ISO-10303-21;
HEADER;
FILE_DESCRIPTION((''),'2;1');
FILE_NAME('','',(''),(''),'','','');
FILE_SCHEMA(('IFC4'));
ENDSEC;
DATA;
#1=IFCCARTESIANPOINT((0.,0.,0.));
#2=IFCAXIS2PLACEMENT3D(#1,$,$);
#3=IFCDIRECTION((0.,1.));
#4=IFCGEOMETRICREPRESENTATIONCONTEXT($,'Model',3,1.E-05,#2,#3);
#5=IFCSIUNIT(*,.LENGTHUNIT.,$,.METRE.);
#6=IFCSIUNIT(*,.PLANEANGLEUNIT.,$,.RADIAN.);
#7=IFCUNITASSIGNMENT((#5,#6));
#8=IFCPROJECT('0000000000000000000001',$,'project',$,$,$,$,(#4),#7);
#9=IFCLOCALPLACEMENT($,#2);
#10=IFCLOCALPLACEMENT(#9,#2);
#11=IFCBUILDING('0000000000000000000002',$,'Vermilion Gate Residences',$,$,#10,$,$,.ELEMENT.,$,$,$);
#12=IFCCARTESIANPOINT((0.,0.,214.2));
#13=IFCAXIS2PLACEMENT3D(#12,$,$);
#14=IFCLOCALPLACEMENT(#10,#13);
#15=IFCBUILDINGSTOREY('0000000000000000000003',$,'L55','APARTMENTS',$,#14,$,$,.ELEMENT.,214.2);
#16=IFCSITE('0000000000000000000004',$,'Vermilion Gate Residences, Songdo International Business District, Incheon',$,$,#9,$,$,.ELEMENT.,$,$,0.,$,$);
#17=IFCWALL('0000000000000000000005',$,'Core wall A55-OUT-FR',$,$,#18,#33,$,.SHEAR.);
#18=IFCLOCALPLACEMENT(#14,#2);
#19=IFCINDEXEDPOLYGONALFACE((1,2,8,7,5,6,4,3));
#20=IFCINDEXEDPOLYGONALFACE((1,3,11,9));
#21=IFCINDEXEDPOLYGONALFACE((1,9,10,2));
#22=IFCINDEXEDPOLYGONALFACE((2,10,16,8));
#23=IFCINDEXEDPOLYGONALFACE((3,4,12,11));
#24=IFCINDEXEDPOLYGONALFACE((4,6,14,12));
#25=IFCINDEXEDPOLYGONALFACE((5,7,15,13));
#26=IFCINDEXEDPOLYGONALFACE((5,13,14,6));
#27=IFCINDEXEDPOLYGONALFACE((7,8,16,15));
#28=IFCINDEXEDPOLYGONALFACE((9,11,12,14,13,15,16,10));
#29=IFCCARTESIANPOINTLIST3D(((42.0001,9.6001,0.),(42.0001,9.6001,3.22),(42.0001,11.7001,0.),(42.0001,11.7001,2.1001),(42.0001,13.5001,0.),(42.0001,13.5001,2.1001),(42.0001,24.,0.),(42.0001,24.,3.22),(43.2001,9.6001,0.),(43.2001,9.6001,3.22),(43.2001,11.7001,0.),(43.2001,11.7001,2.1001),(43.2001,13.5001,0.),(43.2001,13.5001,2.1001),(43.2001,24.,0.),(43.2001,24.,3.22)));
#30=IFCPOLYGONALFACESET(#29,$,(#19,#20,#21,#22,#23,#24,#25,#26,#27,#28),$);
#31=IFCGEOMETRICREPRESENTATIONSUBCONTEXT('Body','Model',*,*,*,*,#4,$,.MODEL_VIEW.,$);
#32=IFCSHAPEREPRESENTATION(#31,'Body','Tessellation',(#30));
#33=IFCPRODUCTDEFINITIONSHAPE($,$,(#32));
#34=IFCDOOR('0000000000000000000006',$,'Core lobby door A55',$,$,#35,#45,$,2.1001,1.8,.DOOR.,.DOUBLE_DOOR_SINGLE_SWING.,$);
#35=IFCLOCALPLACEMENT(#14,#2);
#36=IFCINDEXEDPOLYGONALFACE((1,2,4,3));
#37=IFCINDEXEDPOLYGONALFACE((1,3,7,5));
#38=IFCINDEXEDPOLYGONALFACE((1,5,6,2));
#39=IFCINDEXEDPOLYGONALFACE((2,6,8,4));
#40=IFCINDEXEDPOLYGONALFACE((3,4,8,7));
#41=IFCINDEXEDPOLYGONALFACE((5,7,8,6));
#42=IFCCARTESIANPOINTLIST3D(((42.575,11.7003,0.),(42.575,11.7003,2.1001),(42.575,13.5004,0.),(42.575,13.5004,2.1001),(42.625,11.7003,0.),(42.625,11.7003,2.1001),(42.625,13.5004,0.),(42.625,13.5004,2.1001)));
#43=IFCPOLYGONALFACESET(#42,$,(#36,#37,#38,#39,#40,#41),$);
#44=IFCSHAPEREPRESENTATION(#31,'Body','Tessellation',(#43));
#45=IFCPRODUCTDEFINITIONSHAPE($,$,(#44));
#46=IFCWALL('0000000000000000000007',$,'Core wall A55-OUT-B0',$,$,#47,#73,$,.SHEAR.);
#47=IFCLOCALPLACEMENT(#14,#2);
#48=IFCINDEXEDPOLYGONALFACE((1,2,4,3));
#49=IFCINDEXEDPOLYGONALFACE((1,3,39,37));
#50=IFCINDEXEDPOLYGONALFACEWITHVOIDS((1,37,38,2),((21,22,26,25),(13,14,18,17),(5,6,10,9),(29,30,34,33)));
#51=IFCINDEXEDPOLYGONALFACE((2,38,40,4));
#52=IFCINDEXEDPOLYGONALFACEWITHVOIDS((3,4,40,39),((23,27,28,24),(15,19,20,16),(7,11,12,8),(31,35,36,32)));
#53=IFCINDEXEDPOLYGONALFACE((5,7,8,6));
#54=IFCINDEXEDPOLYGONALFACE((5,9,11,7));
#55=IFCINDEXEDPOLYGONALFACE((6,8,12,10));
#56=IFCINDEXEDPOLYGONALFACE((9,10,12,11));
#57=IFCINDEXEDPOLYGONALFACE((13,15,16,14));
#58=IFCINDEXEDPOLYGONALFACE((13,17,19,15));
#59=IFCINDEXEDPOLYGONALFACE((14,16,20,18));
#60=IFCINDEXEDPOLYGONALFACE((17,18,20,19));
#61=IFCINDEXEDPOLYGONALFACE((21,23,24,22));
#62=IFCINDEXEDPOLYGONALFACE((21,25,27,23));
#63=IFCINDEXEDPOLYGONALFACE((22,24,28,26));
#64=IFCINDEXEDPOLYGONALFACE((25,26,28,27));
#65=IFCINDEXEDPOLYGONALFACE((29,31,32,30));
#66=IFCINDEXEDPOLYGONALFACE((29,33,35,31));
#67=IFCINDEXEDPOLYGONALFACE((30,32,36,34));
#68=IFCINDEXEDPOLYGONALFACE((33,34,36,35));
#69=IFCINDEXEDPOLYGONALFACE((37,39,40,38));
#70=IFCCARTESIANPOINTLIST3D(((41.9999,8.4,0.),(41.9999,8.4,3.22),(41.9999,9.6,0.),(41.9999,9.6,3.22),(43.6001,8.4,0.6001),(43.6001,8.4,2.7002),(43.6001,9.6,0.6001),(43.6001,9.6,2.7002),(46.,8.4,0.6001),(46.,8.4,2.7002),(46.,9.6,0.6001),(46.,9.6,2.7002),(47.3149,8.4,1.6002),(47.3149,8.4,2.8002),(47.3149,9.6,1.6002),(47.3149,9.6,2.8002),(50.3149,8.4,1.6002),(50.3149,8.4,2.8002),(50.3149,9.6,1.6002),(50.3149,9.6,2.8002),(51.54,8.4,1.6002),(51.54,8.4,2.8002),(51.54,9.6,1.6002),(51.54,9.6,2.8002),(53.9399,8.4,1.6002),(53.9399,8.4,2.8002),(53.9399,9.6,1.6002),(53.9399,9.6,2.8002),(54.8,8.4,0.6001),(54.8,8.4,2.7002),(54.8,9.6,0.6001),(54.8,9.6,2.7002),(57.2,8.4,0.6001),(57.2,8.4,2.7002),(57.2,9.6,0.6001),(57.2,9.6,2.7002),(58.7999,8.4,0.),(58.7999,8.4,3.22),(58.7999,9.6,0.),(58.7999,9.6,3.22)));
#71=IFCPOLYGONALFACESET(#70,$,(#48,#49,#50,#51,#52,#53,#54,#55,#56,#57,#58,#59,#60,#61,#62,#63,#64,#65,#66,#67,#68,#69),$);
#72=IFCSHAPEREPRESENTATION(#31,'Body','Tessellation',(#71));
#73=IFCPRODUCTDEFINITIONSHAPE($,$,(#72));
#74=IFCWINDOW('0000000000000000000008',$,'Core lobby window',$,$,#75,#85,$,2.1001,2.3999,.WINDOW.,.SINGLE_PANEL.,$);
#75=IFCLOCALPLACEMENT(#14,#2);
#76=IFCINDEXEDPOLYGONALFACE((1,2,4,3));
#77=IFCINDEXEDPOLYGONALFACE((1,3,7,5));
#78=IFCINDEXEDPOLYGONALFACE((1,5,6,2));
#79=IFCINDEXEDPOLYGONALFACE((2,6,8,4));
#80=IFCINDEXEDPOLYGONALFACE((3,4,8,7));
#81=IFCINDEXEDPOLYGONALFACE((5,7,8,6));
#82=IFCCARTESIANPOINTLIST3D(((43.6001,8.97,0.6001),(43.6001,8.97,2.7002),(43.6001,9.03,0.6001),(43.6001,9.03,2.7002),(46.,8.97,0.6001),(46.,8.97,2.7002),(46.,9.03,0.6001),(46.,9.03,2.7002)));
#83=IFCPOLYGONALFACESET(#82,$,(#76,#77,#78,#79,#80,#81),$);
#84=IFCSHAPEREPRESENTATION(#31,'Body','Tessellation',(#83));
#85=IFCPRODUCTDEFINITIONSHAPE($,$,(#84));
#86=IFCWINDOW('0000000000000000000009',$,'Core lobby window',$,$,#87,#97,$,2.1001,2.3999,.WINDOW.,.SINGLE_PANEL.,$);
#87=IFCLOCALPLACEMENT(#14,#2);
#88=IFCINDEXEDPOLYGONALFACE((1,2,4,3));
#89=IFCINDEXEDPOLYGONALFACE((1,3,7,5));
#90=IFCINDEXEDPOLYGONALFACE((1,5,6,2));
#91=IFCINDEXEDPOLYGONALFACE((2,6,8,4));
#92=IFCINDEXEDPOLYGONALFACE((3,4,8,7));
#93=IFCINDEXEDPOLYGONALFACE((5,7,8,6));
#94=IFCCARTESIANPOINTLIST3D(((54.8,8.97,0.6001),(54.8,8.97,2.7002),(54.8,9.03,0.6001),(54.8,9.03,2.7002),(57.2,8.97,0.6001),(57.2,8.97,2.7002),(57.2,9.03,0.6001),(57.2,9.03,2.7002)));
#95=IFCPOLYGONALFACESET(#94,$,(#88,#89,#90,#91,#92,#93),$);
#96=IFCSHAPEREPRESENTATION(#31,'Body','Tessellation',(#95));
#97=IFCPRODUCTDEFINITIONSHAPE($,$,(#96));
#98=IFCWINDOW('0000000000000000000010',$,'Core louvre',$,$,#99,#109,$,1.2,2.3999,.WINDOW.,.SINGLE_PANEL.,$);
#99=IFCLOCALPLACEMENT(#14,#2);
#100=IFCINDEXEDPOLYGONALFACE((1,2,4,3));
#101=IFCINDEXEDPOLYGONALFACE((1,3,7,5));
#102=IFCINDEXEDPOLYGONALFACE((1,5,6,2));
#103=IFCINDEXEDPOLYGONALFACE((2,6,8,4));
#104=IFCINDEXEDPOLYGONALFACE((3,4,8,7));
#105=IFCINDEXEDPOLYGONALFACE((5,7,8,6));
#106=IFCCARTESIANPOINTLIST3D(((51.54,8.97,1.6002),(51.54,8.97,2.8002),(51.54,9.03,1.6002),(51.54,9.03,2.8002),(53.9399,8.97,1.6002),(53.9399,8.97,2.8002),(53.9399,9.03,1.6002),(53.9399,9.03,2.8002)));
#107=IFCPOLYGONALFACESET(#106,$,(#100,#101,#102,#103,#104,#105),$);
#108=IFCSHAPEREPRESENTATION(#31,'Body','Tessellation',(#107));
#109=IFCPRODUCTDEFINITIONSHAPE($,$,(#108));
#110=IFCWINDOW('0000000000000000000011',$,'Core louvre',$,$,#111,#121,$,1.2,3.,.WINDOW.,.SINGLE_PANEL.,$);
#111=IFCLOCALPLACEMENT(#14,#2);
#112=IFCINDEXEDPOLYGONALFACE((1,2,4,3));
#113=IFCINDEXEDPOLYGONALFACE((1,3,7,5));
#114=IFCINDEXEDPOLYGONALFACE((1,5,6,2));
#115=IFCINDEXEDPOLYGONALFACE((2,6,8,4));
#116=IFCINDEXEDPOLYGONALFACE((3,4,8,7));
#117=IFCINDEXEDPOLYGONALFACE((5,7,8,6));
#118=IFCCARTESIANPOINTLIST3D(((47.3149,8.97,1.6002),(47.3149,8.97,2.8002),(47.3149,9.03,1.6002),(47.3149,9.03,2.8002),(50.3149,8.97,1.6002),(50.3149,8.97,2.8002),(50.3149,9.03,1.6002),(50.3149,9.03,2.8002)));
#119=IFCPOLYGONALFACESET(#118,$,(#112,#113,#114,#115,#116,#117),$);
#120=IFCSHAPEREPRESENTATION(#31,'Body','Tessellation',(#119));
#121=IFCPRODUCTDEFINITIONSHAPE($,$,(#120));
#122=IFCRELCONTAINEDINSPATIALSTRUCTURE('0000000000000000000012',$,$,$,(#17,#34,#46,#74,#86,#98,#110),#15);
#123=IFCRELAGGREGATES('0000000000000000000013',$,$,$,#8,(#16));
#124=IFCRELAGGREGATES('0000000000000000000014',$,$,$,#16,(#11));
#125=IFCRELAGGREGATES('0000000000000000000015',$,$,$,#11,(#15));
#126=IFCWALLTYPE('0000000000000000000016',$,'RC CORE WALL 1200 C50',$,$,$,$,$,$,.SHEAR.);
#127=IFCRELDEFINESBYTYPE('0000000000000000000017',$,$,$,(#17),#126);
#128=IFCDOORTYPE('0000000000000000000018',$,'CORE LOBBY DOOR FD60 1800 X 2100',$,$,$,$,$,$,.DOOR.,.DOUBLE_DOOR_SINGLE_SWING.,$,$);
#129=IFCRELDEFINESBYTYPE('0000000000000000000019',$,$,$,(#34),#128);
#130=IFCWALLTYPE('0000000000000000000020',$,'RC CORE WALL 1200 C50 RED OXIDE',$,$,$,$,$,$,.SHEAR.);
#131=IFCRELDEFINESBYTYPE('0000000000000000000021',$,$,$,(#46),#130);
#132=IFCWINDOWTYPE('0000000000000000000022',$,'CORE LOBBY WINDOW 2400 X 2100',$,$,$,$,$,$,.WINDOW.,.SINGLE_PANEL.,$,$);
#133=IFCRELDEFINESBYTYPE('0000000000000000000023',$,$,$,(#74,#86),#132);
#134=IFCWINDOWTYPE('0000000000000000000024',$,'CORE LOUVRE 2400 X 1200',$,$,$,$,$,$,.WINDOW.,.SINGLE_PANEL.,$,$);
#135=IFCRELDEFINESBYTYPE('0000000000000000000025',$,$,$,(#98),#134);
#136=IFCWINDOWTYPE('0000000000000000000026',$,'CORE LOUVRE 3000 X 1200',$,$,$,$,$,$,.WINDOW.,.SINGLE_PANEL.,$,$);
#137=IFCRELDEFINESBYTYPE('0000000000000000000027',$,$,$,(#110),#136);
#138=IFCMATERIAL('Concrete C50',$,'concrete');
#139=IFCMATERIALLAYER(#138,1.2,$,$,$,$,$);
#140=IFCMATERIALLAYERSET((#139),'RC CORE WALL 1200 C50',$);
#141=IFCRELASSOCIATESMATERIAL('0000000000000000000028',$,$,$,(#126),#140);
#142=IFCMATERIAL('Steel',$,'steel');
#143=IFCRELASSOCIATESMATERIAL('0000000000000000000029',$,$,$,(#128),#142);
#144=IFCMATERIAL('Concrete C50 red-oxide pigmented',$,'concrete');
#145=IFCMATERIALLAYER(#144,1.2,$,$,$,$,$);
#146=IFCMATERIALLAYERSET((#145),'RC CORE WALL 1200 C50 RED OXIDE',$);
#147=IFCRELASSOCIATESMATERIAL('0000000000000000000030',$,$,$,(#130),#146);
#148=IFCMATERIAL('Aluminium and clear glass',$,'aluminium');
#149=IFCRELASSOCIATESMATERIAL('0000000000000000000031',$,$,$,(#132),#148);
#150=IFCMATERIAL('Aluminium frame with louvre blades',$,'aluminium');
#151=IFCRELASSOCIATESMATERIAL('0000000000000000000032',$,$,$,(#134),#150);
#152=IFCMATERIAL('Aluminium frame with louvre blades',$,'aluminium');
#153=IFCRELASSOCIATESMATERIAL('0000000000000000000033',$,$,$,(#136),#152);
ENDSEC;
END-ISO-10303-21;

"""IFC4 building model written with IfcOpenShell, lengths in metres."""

from ifc_helpers import new_model, si_unit, direction, frame, frame_2d, origin, place, context, subcontext, project, spatial, rectangle, extrude, material, layer, layer_set, type_object, element, fill, save


model = new_model("IFC4")

# Units and contexts
model_context = context("Model", 3, precision=1e-05, world=origin(), true_north=direction((0.0, 1.0)))
body_context = subcontext(model_context, "Body", "Model", "MODEL_VIEW")
ifc_project = project(units=[si_unit("LENGTHUNIT", "METRE"), si_unit("PLANEANGLEUNIT", "RADIAN")], contexts=[model_context])

# Site, building, storey
site_placement = place(None, origin())
site = spatial("IfcSite", under=ifc_project, at=site_placement, Name="Vermilion Gate Residences, Songdo International Business District, Incheon", CompositionType="ELEMENT", RefElevation=0.0)
building_placement = place(site_placement, origin())
building = spatial("IfcBuilding", under=site, at=building_placement, Name="Vermilion Gate Residences", CompositionType="ELEMENT")
storey_placement = place(building_placement, frame((0.0, 0.0, 214.2)))
storey = spatial("IfcBuildingStorey", under=building, at=storey_placement, Name="L55", Description="APARTMENTS", CompositionType="ELEMENT", Elevation=214.2)

# Wall, opening, door
ifc_material_1 = material(Name="Concrete C50", Category="concrete")
ifc_layer_1 = layer(ifc_material_1, 1.2)
ifc_layer_set_1 = layer_set([ifc_layer_1], Name="RC CORE WALL 1200 C50")
wall_type_1 = type_object("IfcWallType", Name="RC CORE WALL 1200 C50", PredefinedType="SHEAR", material=ifc_layer_set_1)
wall_1_placement = place(storey_placement, frame((42.6001, 9.6001, 0.0), z_axis=(0.0, 0.0, 1.0), x_axis=(0.0, 1.0, 0.0)))
wall_1 = element("IfcWall", 1, at=wall_1_placement, inside=storey, type_object=wall_type_1, Name="Core wall A55-OUT-FR", PredefinedType="SHEAR", context=body_context, shape_type="SweptSolid", body=[
    extrude(rectangle(XDim=14.3999, YDim=1.2, at=frame_2d((7.2, 0.0))), origin(), (0.0, 0.0, 1.0), 3.22),
])
opening_1_placement = place(wall_1_placement, frame((2.1001, 0.0, 0.0)))
opening_1 = element("IfcOpeningElement", 2, at=opening_1_placement, cuts=wall_1, PredefinedType="OPENING", context=body_context, shape_type="SweptSolid", body=[
    extrude(rectangle(XDim=1.8, YDim=2.1001, at=frame_2d((0.8999, 1.05))), frame((0.0, 0.6099, 0.0), z_axis=(0.0, -1.0, 0.0), x_axis=(1.0, 0.0, 0.0)), (0.0, 0.0, 1.0), 1.22),
])
ifc_material_2 = material(Name="Steel", Category="steel")
door_type_1 = type_object("IfcDoorType", Name="CORE LOBBY DOOR FD60 1800 X 2100", OperationType="DOUBLE_DOOR_SINGLE_SWING", PredefinedType="DOOR", material=ifc_material_2)
door_1_placement = place(opening_1_placement, frame((1.8, 0.0, 0.0), z_axis=(0.0, 0.0, 1.0), x_axis=(-1.0, 0.0, 0.0)))
door_1 = element("IfcDoor", 3, at=door_1_placement, inside=storey, type_object=door_type_1, Name="Core lobby door A55", OperationType="DOUBLE_DOOR_SINGLE_SWING", OverallHeight=2.1001, OverallWidth=1.8, PredefinedType="DOOR", context=body_context, shape_type="SweptSolid", body=[
    extrude(rectangle(XDim=1.8, YDim=2.1001, at=frame_2d((0.8999, 1.05))), frame((0.0, 0.0249, 0.0), z_axis=(0.0, -1.0, 0.0), x_axis=(1.0, 0.0, 0.0)), (0.0, 0.0, 1.0), 0.05),
])
fill(opening_1, door_1)

# Wall, openings, windows
ifc_material_3 = material(Name="Concrete C50 red-oxide pigmented", Category="concrete")
ifc_layer_2 = layer(ifc_material_3, 1.2)
ifc_layer_set_2 = layer_set([ifc_layer_2], Name="RC CORE WALL 1200 C50 RED OXIDE")
wall_type_2 = type_object("IfcWallType", Name="RC CORE WALL 1200 C50 RED OXIDE", PredefinedType="SHEAR", material=ifc_layer_set_2)
wall_2_placement = place(storey_placement, frame((42.0, 9.0, 0.0), z_axis=(0.0, 0.0, 1.0), x_axis=(1.0, 0.0, 0.0)))
wall_2 = element("IfcWall", 4, at=wall_2_placement, inside=storey, type_object=wall_type_2, Name="Core wall A55-OUT-B0", PredefinedType="SHEAR", context=body_context, shape_type="SweptSolid", body=[
    extrude(rectangle(XDim=16.8, YDim=1.2, at=frame_2d((8.3999, 0.0))), origin(), (0.0, 0.0, 1.0), 3.22),
])
opening_2_placement = place(wall_2_placement, frame((1.6001, 0.0, 0.6001)))
opening_2 = element("IfcOpeningElement", 5, at=opening_2_placement, cuts=wall_2, PredefinedType="OPENING", context=body_context, shape_type="SweptSolid", body=[
    extrude(rectangle(XDim=2.3999, YDim=2.1001, at=frame_2d((1.2, 1.05))), frame((0.0, 0.6099, 0.0), z_axis=(0.0, -1.0, 0.0), x_axis=(1.0, 0.0, 0.0)), (0.0, 0.0, 1.0), 1.22),
])
opening_3_placement = place(wall_2_placement, frame((5.3149, 0.0, 1.6001)))
opening_3 = element("IfcOpeningElement", 6, at=opening_3_placement, cuts=wall_2, PredefinedType="OPENING", context=body_context, shape_type="SweptSolid", body=[
    extrude(rectangle(XDim=3.0, YDim=1.2, at=frame_2d((1.5, 0.6001))), frame((0.0, 0.6099, 0.0), z_axis=(0.0, -1.0, 0.0), x_axis=(1.0, 0.0, 0.0)), (0.0, 0.0, 1.0), 1.22),
])
opening_4_placement = place(wall_2_placement, frame((9.54, 0.0, 1.6001)))
opening_4 = element("IfcOpeningElement", 7, at=opening_4_placement, cuts=wall_2, PredefinedType="OPENING", context=body_context, shape_type="SweptSolid", body=[
    extrude(rectangle(XDim=2.3999, YDim=1.2, at=frame_2d((1.2, 0.6001))), frame((0.0, 0.6099, 0.0), z_axis=(0.0, -1.0, 0.0), x_axis=(1.0, 0.0, 0.0)), (0.0, 0.0, 1.0), 1.22),
])
opening_5_placement = place(wall_2_placement, frame((12.8, 0.0, 0.6001)))
opening_5 = element("IfcOpeningElement", 8, at=opening_5_placement, cuts=wall_2, PredefinedType="OPENING", context=body_context, shape_type="SweptSolid", body=[
    extrude(rectangle(XDim=2.3999, YDim=2.1001, at=frame_2d((1.2, 1.05))), frame((0.0, 0.6099, 0.0), z_axis=(0.0, -1.0, 0.0), x_axis=(1.0, 0.0, 0.0)), (0.0, 0.0, 1.0), 1.22),
])
ifc_material_4 = material(Name="Aluminium and clear glass", Category="aluminium")
window_type_1 = type_object("IfcWindowType", Name="CORE LOBBY WINDOW 2400 X 2100", PartitioningType="SINGLE_PANEL", PredefinedType="WINDOW", material=ifc_material_4)
window_1_placement = place(opening_2_placement, origin())
window_1 = element("IfcWindow", 9, at=window_1_placement, inside=storey, type_object=window_type_1, Name="Core lobby window", OverallHeight=2.1001, OverallWidth=2.3999, PartitioningType="SINGLE_PANEL", PredefinedType="WINDOW", context=body_context, shape_type="SweptSolid", body=[
    extrude(rectangle(XDim=2.3999, YDim=2.1001, at=frame_2d((1.2, 1.05))), frame((0.0, 0.03, 0.0), z_axis=(0.0, -1.0, 0.0), x_axis=(1.0, 0.0, 0.0)), (0.0, 0.0, 1.0), 0.0601),
])
fill(opening_2, window_1)
window_2_placement = place(opening_5_placement, origin())
window_2 = element("IfcWindow", 10, at=window_2_placement, inside=storey, type_object=window_type_1, Name="Core lobby window", OverallHeight=2.1001, OverallWidth=2.3999, PartitioningType="SINGLE_PANEL", PredefinedType="WINDOW", context=body_context, shape_type="SweptSolid", body=[
    extrude(rectangle(XDim=2.3999, YDim=2.1001, at=frame_2d((1.2, 1.05))), frame((0.0, 0.03, 0.0), z_axis=(0.0, -1.0, 0.0), x_axis=(1.0, 0.0, 0.0)), (0.0, 0.0, 1.0), 0.0601),
])
fill(opening_5, window_2)
ifc_material_5 = material(Name="Aluminium frame with louvre blades", Category="aluminium")
window_type_2 = type_object("IfcWindowType", Name="CORE LOUVRE 2400 X 1200", PartitioningType="SINGLE_PANEL", PredefinedType="WINDOW", material=ifc_material_5)
window_3_placement = place(opening_4_placement, origin())
window_3 = element("IfcWindow", 11, at=window_3_placement, inside=storey, type_object=window_type_2, Name="Core louvre", OverallHeight=1.2, OverallWidth=2.3999, PartitioningType="SINGLE_PANEL", PredefinedType="WINDOW", context=body_context, shape_type="SweptSolid", body=[
    extrude(rectangle(XDim=2.3999, YDim=1.2, at=frame_2d((1.2, 0.6001))), frame((0.0, 0.03, 0.0), z_axis=(0.0, -1.0, 0.0), x_axis=(1.0, 0.0, 0.0)), (0.0, 0.0, 1.0), 0.0601),
])
fill(opening_4, window_3)
ifc_material_6 = material(Name="Aluminium frame with louvre blades", Category="aluminium")
window_type_3 = type_object("IfcWindowType", Name="CORE LOUVRE 3000 X 1200", PartitioningType="SINGLE_PANEL", PredefinedType="WINDOW", material=ifc_material_6)
window_4_placement = place(opening_3_placement, origin())
window_4 = element("IfcWindow", 12, at=window_4_placement, inside=storey, type_object=window_type_3, Name="Core louvre", OverallHeight=1.2, OverallWidth=3.0, PartitioningType="SINGLE_PANEL", PredefinedType="WINDOW", context=body_context, shape_type="SweptSolid", body=[
    extrude(rectangle(XDim=3.0, YDim=1.2, at=frame_2d((1.5, 0.6001))), frame((0.0, 0.03, 0.0), z_axis=(0.0, -1.0, 0.0), x_axis=(1.0, 0.0, 0.0)), (0.0, 0.0, 1.0), 0.0601),
])
fill(opening_3, window_4)

save(model, "model.ifc")
